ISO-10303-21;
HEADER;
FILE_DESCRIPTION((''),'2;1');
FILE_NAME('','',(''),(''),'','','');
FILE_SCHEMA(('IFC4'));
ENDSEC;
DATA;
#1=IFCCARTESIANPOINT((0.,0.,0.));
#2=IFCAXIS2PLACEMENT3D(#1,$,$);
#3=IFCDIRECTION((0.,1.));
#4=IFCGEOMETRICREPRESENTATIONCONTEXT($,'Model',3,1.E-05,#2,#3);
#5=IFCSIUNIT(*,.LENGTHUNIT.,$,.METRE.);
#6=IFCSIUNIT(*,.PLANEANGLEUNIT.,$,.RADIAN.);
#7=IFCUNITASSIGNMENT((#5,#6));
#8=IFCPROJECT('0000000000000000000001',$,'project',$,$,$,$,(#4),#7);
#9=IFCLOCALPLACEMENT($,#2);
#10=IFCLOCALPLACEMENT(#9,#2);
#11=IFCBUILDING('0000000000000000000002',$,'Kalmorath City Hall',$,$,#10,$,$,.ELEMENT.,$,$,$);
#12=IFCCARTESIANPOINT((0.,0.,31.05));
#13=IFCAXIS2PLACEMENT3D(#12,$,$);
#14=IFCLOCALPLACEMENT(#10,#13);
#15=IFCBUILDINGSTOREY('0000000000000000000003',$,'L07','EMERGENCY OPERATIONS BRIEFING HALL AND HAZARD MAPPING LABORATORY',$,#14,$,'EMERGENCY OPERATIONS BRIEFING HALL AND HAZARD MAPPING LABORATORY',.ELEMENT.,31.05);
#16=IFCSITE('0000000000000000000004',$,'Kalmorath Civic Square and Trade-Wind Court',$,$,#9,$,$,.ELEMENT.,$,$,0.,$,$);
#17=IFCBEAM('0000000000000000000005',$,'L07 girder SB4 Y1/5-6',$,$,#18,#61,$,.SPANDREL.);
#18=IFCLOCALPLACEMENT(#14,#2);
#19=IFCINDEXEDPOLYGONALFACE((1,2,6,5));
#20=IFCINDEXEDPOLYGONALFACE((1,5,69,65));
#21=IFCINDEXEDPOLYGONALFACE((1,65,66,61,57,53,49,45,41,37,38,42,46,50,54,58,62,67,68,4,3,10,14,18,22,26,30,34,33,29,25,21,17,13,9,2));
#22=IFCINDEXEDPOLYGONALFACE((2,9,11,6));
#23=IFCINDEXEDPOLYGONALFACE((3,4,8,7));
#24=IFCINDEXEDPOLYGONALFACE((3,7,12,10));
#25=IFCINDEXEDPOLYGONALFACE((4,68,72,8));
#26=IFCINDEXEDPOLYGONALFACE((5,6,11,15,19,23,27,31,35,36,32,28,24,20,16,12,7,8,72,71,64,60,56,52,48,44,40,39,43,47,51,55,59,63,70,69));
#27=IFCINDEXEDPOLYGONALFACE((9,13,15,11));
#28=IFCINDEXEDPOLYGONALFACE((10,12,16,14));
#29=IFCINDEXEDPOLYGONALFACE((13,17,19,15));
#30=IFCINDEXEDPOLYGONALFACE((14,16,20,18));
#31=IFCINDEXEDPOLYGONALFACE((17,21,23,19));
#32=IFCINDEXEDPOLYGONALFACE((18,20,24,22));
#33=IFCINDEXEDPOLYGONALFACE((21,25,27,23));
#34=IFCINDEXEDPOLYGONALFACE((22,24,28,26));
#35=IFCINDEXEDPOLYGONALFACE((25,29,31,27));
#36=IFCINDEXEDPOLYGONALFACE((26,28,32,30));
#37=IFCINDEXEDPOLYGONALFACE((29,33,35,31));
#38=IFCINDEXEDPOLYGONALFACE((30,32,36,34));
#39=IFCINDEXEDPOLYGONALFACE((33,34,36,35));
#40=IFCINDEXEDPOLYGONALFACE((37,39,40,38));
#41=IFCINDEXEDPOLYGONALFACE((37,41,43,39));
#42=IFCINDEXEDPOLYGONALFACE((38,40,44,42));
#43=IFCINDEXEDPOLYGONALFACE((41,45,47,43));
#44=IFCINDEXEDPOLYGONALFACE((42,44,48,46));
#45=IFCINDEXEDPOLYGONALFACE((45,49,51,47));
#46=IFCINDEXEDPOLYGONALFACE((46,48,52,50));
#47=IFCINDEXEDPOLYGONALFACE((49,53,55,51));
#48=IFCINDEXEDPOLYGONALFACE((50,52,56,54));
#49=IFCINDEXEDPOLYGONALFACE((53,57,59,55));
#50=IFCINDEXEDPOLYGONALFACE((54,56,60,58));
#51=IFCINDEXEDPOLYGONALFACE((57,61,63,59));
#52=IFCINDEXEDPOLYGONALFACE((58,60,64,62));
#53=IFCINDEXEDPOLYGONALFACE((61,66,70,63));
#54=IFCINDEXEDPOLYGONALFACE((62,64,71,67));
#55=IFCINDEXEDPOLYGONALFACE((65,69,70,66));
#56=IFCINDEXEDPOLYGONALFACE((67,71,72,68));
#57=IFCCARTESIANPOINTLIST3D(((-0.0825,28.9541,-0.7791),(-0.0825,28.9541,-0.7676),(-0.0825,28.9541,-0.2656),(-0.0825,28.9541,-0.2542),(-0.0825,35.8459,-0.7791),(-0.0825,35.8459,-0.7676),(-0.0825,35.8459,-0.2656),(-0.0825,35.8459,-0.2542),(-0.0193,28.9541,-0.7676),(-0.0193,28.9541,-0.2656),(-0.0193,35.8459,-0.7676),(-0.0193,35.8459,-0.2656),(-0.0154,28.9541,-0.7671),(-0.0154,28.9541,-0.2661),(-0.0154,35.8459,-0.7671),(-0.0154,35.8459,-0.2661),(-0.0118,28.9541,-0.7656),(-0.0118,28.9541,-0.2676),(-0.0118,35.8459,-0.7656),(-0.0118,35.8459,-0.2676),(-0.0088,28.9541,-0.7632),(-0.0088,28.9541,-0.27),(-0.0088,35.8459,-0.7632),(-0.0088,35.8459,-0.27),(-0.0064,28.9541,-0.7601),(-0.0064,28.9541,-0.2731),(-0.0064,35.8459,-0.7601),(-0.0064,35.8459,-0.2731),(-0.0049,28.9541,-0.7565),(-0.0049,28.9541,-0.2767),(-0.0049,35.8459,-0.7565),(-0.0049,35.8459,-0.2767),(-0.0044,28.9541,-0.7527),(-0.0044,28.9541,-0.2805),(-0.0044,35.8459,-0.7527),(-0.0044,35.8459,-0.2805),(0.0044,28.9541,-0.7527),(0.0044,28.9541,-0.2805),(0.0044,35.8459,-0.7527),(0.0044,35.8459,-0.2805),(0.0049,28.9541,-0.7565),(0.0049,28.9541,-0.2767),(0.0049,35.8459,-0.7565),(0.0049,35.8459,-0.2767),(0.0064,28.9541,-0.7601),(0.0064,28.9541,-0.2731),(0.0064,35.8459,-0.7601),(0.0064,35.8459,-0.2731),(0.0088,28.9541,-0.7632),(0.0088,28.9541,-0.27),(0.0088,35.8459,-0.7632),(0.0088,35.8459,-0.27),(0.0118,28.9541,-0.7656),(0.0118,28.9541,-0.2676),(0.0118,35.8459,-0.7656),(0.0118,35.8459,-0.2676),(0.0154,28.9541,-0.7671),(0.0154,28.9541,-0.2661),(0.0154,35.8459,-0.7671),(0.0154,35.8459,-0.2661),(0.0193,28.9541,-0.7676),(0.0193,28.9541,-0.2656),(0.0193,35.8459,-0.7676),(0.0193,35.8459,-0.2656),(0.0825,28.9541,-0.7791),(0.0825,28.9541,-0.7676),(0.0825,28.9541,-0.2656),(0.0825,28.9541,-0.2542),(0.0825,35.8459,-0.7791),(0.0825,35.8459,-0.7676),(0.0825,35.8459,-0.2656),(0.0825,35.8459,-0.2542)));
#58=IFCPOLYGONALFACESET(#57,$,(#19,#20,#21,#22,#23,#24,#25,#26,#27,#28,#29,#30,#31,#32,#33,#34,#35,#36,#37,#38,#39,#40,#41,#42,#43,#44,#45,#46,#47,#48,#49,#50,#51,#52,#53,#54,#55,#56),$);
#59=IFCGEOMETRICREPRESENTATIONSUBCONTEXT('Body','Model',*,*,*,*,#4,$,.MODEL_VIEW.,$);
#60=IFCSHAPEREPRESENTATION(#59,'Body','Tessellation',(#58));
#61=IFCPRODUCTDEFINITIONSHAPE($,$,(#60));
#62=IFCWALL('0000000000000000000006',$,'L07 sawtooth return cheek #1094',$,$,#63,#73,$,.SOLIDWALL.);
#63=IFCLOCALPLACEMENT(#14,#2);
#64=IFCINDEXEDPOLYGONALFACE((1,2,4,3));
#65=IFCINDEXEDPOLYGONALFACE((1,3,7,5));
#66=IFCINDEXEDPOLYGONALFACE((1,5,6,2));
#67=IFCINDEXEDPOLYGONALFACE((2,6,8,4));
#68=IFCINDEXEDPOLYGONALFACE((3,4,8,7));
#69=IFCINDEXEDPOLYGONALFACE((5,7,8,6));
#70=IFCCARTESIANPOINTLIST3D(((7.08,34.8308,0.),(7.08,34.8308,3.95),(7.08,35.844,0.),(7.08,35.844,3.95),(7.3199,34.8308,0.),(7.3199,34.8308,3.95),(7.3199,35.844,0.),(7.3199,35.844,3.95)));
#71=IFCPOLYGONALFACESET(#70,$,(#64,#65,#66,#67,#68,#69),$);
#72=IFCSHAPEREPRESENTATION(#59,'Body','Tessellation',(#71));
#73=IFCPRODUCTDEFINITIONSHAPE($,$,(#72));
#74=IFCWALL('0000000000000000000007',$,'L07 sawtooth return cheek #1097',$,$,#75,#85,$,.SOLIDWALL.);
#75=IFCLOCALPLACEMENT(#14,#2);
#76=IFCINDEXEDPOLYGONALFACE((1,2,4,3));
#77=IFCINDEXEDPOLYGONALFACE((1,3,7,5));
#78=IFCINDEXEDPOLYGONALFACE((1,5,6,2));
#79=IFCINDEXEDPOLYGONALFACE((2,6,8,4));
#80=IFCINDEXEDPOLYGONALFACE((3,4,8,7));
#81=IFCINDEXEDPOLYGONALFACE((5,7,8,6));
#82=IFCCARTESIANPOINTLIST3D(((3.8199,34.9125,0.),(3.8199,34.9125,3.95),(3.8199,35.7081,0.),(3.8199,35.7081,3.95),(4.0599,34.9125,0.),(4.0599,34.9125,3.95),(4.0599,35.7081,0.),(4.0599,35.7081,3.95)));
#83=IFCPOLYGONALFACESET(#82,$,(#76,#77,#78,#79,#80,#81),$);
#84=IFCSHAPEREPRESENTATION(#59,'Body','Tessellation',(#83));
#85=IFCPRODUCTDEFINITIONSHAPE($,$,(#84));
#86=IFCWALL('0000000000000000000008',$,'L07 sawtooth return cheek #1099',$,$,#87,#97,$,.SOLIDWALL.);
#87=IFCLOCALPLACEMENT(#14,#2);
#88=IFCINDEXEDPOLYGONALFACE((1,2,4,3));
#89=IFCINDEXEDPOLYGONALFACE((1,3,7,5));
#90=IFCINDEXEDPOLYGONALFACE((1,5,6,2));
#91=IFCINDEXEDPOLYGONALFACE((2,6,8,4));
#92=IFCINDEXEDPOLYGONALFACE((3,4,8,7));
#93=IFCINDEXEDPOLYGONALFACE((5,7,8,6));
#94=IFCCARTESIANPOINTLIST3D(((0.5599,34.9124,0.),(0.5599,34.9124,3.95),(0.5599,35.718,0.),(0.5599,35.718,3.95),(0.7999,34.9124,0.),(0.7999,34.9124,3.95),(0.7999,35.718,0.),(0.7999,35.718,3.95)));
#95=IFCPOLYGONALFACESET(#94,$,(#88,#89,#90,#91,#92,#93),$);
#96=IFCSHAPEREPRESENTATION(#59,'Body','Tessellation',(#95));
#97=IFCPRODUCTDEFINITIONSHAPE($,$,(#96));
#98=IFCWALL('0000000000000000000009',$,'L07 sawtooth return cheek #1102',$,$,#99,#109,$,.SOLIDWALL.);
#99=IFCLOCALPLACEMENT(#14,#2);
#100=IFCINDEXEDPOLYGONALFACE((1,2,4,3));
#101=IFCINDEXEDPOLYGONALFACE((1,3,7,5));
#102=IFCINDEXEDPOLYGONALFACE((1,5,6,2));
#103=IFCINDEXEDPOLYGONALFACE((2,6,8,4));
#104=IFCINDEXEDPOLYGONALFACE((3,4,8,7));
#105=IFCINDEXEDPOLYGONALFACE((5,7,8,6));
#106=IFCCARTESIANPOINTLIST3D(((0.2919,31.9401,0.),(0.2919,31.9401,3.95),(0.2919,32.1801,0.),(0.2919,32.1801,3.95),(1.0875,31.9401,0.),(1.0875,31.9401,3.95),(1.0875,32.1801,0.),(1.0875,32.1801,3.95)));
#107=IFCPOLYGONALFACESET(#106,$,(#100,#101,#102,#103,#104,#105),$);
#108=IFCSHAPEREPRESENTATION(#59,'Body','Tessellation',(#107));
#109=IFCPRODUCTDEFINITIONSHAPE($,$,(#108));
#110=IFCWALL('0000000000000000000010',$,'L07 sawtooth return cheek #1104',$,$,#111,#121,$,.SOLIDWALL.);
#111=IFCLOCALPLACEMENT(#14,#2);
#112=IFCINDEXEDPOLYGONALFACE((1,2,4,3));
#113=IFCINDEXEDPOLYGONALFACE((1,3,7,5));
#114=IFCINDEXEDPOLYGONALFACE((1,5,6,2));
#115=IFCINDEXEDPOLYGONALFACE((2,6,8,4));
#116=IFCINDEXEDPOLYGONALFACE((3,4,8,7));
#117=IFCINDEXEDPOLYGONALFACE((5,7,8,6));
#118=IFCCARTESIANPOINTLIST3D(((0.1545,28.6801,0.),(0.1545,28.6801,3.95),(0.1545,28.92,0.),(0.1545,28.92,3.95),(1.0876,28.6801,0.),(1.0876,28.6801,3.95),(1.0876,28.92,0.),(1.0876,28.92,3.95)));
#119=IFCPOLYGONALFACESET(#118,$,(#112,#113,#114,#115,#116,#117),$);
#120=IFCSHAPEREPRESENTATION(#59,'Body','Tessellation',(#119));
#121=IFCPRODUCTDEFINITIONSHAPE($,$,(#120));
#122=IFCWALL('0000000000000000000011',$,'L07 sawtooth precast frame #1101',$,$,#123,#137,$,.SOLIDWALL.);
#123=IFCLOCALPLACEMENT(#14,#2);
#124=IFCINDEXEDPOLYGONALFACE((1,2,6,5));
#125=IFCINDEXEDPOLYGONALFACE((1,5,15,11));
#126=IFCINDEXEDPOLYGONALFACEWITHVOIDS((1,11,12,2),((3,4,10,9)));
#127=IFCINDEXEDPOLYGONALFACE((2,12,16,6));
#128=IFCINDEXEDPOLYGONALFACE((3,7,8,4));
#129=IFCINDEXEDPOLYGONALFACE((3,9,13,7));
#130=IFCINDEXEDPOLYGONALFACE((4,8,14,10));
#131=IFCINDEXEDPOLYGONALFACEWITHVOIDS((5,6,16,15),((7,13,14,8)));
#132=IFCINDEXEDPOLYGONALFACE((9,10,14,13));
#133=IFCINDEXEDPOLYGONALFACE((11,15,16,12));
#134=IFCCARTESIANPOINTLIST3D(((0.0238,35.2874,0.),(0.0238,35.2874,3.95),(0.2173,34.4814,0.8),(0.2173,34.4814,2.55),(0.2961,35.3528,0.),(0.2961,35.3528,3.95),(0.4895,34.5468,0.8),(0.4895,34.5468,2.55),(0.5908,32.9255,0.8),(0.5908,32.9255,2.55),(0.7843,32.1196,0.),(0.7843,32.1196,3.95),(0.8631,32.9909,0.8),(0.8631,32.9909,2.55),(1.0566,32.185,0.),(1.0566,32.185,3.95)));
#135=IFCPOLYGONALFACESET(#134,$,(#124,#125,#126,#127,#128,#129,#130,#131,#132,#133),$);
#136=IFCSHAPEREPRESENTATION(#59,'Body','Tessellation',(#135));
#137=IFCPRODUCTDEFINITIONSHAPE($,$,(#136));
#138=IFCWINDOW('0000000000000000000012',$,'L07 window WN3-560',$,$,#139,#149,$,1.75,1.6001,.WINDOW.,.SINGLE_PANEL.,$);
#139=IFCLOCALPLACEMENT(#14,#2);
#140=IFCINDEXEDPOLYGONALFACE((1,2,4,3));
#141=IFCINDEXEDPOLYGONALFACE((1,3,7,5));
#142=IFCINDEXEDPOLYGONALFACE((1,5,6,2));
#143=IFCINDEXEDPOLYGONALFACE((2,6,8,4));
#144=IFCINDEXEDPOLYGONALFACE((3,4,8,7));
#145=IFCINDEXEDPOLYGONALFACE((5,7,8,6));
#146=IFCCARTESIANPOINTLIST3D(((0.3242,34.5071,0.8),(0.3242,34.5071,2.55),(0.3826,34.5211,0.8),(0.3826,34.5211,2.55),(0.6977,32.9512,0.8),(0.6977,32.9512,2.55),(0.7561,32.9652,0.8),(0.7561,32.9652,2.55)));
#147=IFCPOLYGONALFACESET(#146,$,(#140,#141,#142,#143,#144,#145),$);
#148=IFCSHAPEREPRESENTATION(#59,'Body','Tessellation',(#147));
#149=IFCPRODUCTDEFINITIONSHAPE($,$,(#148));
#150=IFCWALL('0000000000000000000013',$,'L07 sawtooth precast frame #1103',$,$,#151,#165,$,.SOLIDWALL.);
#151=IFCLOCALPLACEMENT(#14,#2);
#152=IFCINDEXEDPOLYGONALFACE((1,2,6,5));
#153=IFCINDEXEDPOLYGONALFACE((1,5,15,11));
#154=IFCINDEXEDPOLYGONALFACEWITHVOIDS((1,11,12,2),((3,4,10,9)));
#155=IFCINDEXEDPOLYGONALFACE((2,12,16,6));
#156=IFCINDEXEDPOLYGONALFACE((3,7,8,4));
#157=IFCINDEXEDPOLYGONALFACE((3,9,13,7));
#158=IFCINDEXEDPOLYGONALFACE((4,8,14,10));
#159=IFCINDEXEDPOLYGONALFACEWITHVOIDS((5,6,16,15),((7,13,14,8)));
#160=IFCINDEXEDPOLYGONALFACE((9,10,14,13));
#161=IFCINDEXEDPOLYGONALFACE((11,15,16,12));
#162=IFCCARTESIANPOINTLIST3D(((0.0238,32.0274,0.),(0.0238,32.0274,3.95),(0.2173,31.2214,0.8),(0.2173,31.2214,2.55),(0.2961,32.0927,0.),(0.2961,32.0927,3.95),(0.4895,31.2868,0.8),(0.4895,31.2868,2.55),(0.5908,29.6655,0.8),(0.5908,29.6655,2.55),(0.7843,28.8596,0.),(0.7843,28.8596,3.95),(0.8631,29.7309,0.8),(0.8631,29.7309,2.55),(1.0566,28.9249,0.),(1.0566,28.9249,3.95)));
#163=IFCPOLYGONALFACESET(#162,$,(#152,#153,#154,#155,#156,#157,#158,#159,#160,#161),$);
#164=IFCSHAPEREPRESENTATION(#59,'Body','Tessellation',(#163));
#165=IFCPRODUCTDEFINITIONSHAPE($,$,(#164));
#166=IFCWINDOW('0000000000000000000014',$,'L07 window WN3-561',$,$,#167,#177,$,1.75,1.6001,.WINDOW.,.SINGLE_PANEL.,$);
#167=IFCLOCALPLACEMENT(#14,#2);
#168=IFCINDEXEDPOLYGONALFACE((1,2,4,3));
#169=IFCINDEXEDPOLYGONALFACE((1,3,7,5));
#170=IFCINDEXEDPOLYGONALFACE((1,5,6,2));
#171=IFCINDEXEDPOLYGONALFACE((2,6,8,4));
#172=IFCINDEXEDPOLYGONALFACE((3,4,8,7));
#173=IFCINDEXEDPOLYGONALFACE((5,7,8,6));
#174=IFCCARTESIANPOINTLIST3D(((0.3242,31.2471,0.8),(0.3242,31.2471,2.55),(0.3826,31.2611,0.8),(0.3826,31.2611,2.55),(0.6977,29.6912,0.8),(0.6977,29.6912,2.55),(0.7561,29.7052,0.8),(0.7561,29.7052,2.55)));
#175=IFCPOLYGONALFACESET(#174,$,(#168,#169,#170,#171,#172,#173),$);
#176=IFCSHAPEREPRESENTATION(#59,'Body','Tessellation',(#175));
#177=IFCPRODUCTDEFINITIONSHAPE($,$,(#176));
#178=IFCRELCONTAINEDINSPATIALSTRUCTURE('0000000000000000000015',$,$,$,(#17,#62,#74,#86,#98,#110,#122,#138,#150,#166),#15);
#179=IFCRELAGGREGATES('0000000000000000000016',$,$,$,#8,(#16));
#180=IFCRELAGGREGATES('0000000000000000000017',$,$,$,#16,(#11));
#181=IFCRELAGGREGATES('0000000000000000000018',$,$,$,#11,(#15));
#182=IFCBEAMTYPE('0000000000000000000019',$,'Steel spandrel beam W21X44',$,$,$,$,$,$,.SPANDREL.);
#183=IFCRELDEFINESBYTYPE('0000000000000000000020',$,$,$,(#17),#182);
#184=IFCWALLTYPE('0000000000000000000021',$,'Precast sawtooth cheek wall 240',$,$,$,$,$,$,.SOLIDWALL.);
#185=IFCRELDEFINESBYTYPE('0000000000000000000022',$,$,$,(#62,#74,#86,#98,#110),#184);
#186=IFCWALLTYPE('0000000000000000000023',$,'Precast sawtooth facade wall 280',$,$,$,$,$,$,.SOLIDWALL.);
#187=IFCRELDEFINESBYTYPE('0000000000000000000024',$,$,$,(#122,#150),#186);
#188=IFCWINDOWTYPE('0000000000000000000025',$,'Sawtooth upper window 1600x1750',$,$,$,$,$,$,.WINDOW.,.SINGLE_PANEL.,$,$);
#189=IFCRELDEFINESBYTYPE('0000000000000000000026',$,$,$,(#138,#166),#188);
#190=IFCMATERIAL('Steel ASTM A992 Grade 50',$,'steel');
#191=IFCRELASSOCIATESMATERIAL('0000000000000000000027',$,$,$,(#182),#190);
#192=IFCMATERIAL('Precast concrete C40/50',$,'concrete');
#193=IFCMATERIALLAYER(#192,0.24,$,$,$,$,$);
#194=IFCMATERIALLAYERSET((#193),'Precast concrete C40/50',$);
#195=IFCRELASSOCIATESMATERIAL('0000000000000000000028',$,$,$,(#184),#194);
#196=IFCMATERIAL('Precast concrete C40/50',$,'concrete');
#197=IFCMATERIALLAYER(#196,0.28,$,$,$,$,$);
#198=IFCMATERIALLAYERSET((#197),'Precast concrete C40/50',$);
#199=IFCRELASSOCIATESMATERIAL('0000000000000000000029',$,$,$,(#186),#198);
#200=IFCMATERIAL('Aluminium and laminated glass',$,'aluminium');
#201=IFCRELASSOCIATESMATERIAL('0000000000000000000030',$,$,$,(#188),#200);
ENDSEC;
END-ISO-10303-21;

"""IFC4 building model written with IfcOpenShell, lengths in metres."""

from ifc_helpers import new_model, si_unit, direction, frame, frame_2d, origin, origin_2d, place, context, subcontext, project, spatial, rectangle, i_section, extrude, material, layer, layer_set, material_profile, profile_set, type_object, element, fill, save


model = new_model("IFC4")

# Units and contexts
model_context = context("Model", 3, precision=1e-05, world=origin(), true_north=direction((0.0, 1.0)))
body_context = subcontext(model_context, "Body", "Model", "MODEL_VIEW")
ifc_project = project(units=[si_unit("LENGTHUNIT", "METRE"), si_unit("PLANEANGLEUNIT", "RADIAN")], contexts=[model_context])

# Site, building, storey
site_placement = place(None, origin())
site = spatial("IfcSite", under=ifc_project, at=site_placement, Name="Kalmorath Civic Square and Trade-Wind Court", CompositionType="ELEMENT", RefElevation=0.0)
building_placement = place(site_placement, origin())
building = spatial("IfcBuilding", under=site, at=building_placement, Name="Kalmorath City Hall", CompositionType="ELEMENT")
storey_placement = place(building_placement, frame((0.0, 0.0, 31.05)))
storey = spatial("IfcBuildingStorey", under=building, at=storey_placement, Name="L07", Description="EMERGENCY OPERATIONS BRIEFING HALL AND HAZARD MAPPING LABORATORY", LongName="EMERGENCY OPERATIONS BRIEFING HALL AND HAZARD MAPPING LABORATORY", CompositionType="ELEMENT", Elevation=31.05)

# Beam
ifc_material_1 = material(Name="Steel ASTM A992 Grade 50", Category="steel")
ifc_material_profile_1 = material_profile(ifc_material_1, i_section(OverallWidth=0.165, OverallDepth=0.5249, WebThickness=0.0088, FlangeThickness=0.0115, FilletRadius=0.0149, at=origin_2d()), Name="W21X44")
ifc_profile_set_1 = profile_set([ifc_material_profile_1], Name="Steel ASTM A992 Grade 50")
beam_type_1 = type_object("IfcBeamType", Name="Steel spandrel beam W21X44", PredefinedType="SPANDREL", material=ifc_profile_set_1)
beam_1_placement = place(storey_placement, frame((0.0, 28.9541, -0.5166), z_axis=(0.0, 1.0, 0.0), x_axis=(-1.0, 0.0, 0.0)))
element("IfcBeam", 1, at=beam_1_placement, inside=storey, type_object=beam_type_1, Name="L07 girder SB4 Y1/5-6", PredefinedType="SPANDREL", context=body_context, shape_type="SweptSolid", body=[
    extrude(i_section(OverallWidth=0.165, OverallDepth=0.5249, WebThickness=0.0088, FlangeThickness=0.0115, FilletRadius=0.0149, at=origin_2d()), origin(), (0.0, 0.0, 1.0), 6.8918),
])

# Walls
ifc_material_2 = material(Name="Precast concrete C40/50", Category="concrete")
ifc_layer_1 = layer(ifc_material_2, 0.24)
ifc_layer_set_1 = layer_set([ifc_layer_1], Name="Precast concrete C40/50")
wall_type_1 = type_object("IfcWallType", Name="Precast sawtooth cheek wall 240", PredefinedType="SOLIDWALL", material=ifc_layer_set_1)
wall_1_placement = place(storey_placement, frame((7.2, 34.8308, 0.0), z_axis=(0.0, 0.0, 1.0), x_axis=(0.0, 1.0, 0.0)))
element("IfcWall", 2, at=wall_1_placement, inside=storey, type_object=wall_type_1, Name="L07 sawtooth return cheek #1094", PredefinedType="SOLIDWALL", context=body_context, shape_type="SweptSolid", body=[
    extrude(rectangle(XDim=1.0132, YDim=0.24, at=frame_2d((0.5066, 0.0))), origin(), (0.0, 0.0, 1.0), 3.95),
])
wall_2_placement = place(storey_placement, frame((3.9399, 34.9124, 0.0), z_axis=(0.0, 0.0, 1.0), x_axis=(0.0, 1.0, 0.0)))
element("IfcWall", 3, at=wall_2_placement, inside=storey, type_object=wall_type_1, Name="L07 sawtooth return cheek #1097", PredefinedType="SOLIDWALL", context=body_context, shape_type="SweptSolid", body=[
    extrude(rectangle(XDim=0.7957, YDim=0.24, at=frame_2d((0.3979, 0.0))), origin(), (0.0, 0.0, 1.0), 3.95),
])
wall_3_placement = place(storey_placement, frame((0.6799, 34.9124, 0.0), z_axis=(0.0, 0.0, 1.0), x_axis=(0.0, 1.0, 0.0)))
element("IfcWall", 4, at=wall_3_placement, inside=storey, type_object=wall_type_1, Name="L07 sawtooth return cheek #1099", PredefinedType="SOLIDWALL", context=body_context, shape_type="SweptSolid", body=[
    extrude(rectangle(XDim=0.8057, YDim=0.24, at=frame_2d((0.4028, 0.0))), origin(), (0.0, 0.0, 1.0), 3.95),
])
wall_4_placement = place(storey_placement, frame((1.0876, 32.0601, 0.0), z_axis=(0.0, 0.0, 1.0), x_axis=(-1.0, 0.0, 0.0)))
element("IfcWall", 5, at=wall_4_placement, inside=storey, type_object=wall_type_1, Name="L07 sawtooth return cheek #1102", PredefinedType="SOLIDWALL", context=body_context, shape_type="SweptSolid", body=[
    extrude(rectangle(XDim=0.7957, YDim=0.24, at=frame_2d((0.3979, 0.0))), origin(), (0.0, 0.0, 1.0), 3.95),
])
wall_5_placement = place(storey_placement, frame((1.0876, 28.8, 0.0), z_axis=(0.0, 0.0, 1.0), x_axis=(-1.0, 0.0, 0.0)))
element("IfcWall", 6, at=wall_5_placement, inside=storey, type_object=wall_type_1, Name="L07 sawtooth return cheek #1104", PredefinedType="SOLIDWALL", context=body_context, shape_type="SweptSolid", body=[
    extrude(rectangle(XDim=0.9331, YDim=0.24, at=frame_2d((0.4666, 0.0))), origin(), (0.0, 0.0, 1.0), 3.95),
])

# Walls, openings, windows
ifc_material_3 = material(Name="Precast concrete C40/50", Category="concrete")
ifc_layer_2 = layer(ifc_material_3, 0.28)
ifc_layer_set_2 = layer_set([ifc_layer_2], Name="Precast concrete C40/50")
wall_type_2 = type_object("IfcWallType", Name="Precast sawtooth facade wall 280", PredefinedType="SOLIDWALL", material=ifc_layer_set_2)
wall_6_placement = place(storey_placement, frame((0.1599, 35.3201, 0.0), z_axis=(0.0, 0.0, 1.0), x_axis=(0.233444, -0.97237, 0.0)))
wall_6 = element("IfcWall", 7, at=wall_6_placement, inside=storey, type_object=wall_type_2, Name="L07 sawtooth precast frame #1101", PredefinedType="SOLIDWALL", context=body_context, shape_type="SweptSolid", body=[
    extrude(rectangle(XDim=3.2578, YDim=0.28, at=frame_2d((1.6289, 0.0))), origin(), (0.0, 0.0, 1.0), 3.95),
])
opening_1_placement = place(wall_6_placement, frame((0.8289, 0.0, 0.8)))
opening_1 = element("IfcOpeningElement", 8, at=opening_1_placement, cuts=wall_6, PredefinedType="OPENING", context=body_context, shape_type="SweptSolid", body=[
    extrude(rectangle(XDim=1.6001, YDim=1.75, at=frame_2d((0.8, 0.875))), frame((0.0, 0.1499, 0.0), z_axis=(0.0, -1.0, 0.0), x_axis=(1.0, 0.0, 0.0)), (0.0, 0.0, 1.0), 0.3),
])
ifc_material_4 = material(Name="Aluminium and laminated glass", Category="aluminium")
window_type = type_object("IfcWindowType", Name="Sawtooth upper window 1600x1750", PartitioningType="SINGLE_PANEL", PredefinedType="WINDOW", material=ifc_material_4)
window_1_placement = place(opening_1_placement, origin())
window_1 = element("IfcWindow", 9, at=window_1_placement, inside=storey, type_object=window_type, Name="L07 window WN3-560", OverallHeight=1.75, OverallWidth=1.6001, PartitioningType="SINGLE_PANEL", PredefinedType="WINDOW", context=body_context, shape_type="SweptSolid", body=[
    extrude(rectangle(XDim=1.6001, YDim=1.75, at=frame_2d((0.8, 0.875))), frame((0.0, 0.03, 0.0), z_axis=(0.0, -1.0, 0.0), x_axis=(1.0, 0.0, 0.0)), (0.0, 0.0, 1.0), 0.0601),
])
fill(opening_1, window_1)
wall_7_placement = place(storey_placement, frame((0.1599, 32.0601, 0.0), z_axis=(0.0, 0.0, 1.0), x_axis=(0.233444, -0.97237, 0.0)))
wall_7 = element("IfcWall", 10, at=wall_7_placement, inside=storey, type_object=wall_type_2, Name="L07 sawtooth precast frame #1103", PredefinedType="SOLIDWALL", context=body_context, shape_type="SweptSolid", body=[
    extrude(rectangle(XDim=3.2578, YDim=0.28, at=frame_2d((1.6289, 0.0))), origin(), (0.0, 0.0, 1.0), 3.95),
])
opening_2_placement = place(wall_7_placement, frame((0.8289, 0.0, 0.8)))
opening_2 = element("IfcOpeningElement", 11, at=opening_2_placement, cuts=wall_7, PredefinedType="OPENING", context=body_context, shape_type="SweptSolid", body=[
    extrude(rectangle(XDim=1.6001, YDim=1.75, at=frame_2d((0.8, 0.875))), frame((0.0, 0.1499, 0.0), z_axis=(0.0, -1.0, 0.0), x_axis=(1.0, 0.0, 0.0)), (0.0, 0.0, 1.0), 0.3),
])
window_2_placement = place(opening_2_placement, origin())
window_2 = element("IfcWindow", 12, at=window_2_placement, inside=storey, type_object=window_type, Name="L07 window WN3-561", OverallHeight=1.75, OverallWidth=1.6001, PartitioningType="SINGLE_PANEL", PredefinedType="WINDOW", context=body_context, shape_type="SweptSolid", body=[
    extrude(rectangle(XDim=1.6001, YDim=1.75, at=frame_2d((0.8, 0.875))), frame((0.0, 0.03, 0.0), z_axis=(0.0, -1.0, 0.0), x_axis=(1.0, 0.0, 0.0)), (0.0, 0.0, 1.0), 0.0601),
])
fill(opening_2, window_2)

save(model, "model.ifc")
